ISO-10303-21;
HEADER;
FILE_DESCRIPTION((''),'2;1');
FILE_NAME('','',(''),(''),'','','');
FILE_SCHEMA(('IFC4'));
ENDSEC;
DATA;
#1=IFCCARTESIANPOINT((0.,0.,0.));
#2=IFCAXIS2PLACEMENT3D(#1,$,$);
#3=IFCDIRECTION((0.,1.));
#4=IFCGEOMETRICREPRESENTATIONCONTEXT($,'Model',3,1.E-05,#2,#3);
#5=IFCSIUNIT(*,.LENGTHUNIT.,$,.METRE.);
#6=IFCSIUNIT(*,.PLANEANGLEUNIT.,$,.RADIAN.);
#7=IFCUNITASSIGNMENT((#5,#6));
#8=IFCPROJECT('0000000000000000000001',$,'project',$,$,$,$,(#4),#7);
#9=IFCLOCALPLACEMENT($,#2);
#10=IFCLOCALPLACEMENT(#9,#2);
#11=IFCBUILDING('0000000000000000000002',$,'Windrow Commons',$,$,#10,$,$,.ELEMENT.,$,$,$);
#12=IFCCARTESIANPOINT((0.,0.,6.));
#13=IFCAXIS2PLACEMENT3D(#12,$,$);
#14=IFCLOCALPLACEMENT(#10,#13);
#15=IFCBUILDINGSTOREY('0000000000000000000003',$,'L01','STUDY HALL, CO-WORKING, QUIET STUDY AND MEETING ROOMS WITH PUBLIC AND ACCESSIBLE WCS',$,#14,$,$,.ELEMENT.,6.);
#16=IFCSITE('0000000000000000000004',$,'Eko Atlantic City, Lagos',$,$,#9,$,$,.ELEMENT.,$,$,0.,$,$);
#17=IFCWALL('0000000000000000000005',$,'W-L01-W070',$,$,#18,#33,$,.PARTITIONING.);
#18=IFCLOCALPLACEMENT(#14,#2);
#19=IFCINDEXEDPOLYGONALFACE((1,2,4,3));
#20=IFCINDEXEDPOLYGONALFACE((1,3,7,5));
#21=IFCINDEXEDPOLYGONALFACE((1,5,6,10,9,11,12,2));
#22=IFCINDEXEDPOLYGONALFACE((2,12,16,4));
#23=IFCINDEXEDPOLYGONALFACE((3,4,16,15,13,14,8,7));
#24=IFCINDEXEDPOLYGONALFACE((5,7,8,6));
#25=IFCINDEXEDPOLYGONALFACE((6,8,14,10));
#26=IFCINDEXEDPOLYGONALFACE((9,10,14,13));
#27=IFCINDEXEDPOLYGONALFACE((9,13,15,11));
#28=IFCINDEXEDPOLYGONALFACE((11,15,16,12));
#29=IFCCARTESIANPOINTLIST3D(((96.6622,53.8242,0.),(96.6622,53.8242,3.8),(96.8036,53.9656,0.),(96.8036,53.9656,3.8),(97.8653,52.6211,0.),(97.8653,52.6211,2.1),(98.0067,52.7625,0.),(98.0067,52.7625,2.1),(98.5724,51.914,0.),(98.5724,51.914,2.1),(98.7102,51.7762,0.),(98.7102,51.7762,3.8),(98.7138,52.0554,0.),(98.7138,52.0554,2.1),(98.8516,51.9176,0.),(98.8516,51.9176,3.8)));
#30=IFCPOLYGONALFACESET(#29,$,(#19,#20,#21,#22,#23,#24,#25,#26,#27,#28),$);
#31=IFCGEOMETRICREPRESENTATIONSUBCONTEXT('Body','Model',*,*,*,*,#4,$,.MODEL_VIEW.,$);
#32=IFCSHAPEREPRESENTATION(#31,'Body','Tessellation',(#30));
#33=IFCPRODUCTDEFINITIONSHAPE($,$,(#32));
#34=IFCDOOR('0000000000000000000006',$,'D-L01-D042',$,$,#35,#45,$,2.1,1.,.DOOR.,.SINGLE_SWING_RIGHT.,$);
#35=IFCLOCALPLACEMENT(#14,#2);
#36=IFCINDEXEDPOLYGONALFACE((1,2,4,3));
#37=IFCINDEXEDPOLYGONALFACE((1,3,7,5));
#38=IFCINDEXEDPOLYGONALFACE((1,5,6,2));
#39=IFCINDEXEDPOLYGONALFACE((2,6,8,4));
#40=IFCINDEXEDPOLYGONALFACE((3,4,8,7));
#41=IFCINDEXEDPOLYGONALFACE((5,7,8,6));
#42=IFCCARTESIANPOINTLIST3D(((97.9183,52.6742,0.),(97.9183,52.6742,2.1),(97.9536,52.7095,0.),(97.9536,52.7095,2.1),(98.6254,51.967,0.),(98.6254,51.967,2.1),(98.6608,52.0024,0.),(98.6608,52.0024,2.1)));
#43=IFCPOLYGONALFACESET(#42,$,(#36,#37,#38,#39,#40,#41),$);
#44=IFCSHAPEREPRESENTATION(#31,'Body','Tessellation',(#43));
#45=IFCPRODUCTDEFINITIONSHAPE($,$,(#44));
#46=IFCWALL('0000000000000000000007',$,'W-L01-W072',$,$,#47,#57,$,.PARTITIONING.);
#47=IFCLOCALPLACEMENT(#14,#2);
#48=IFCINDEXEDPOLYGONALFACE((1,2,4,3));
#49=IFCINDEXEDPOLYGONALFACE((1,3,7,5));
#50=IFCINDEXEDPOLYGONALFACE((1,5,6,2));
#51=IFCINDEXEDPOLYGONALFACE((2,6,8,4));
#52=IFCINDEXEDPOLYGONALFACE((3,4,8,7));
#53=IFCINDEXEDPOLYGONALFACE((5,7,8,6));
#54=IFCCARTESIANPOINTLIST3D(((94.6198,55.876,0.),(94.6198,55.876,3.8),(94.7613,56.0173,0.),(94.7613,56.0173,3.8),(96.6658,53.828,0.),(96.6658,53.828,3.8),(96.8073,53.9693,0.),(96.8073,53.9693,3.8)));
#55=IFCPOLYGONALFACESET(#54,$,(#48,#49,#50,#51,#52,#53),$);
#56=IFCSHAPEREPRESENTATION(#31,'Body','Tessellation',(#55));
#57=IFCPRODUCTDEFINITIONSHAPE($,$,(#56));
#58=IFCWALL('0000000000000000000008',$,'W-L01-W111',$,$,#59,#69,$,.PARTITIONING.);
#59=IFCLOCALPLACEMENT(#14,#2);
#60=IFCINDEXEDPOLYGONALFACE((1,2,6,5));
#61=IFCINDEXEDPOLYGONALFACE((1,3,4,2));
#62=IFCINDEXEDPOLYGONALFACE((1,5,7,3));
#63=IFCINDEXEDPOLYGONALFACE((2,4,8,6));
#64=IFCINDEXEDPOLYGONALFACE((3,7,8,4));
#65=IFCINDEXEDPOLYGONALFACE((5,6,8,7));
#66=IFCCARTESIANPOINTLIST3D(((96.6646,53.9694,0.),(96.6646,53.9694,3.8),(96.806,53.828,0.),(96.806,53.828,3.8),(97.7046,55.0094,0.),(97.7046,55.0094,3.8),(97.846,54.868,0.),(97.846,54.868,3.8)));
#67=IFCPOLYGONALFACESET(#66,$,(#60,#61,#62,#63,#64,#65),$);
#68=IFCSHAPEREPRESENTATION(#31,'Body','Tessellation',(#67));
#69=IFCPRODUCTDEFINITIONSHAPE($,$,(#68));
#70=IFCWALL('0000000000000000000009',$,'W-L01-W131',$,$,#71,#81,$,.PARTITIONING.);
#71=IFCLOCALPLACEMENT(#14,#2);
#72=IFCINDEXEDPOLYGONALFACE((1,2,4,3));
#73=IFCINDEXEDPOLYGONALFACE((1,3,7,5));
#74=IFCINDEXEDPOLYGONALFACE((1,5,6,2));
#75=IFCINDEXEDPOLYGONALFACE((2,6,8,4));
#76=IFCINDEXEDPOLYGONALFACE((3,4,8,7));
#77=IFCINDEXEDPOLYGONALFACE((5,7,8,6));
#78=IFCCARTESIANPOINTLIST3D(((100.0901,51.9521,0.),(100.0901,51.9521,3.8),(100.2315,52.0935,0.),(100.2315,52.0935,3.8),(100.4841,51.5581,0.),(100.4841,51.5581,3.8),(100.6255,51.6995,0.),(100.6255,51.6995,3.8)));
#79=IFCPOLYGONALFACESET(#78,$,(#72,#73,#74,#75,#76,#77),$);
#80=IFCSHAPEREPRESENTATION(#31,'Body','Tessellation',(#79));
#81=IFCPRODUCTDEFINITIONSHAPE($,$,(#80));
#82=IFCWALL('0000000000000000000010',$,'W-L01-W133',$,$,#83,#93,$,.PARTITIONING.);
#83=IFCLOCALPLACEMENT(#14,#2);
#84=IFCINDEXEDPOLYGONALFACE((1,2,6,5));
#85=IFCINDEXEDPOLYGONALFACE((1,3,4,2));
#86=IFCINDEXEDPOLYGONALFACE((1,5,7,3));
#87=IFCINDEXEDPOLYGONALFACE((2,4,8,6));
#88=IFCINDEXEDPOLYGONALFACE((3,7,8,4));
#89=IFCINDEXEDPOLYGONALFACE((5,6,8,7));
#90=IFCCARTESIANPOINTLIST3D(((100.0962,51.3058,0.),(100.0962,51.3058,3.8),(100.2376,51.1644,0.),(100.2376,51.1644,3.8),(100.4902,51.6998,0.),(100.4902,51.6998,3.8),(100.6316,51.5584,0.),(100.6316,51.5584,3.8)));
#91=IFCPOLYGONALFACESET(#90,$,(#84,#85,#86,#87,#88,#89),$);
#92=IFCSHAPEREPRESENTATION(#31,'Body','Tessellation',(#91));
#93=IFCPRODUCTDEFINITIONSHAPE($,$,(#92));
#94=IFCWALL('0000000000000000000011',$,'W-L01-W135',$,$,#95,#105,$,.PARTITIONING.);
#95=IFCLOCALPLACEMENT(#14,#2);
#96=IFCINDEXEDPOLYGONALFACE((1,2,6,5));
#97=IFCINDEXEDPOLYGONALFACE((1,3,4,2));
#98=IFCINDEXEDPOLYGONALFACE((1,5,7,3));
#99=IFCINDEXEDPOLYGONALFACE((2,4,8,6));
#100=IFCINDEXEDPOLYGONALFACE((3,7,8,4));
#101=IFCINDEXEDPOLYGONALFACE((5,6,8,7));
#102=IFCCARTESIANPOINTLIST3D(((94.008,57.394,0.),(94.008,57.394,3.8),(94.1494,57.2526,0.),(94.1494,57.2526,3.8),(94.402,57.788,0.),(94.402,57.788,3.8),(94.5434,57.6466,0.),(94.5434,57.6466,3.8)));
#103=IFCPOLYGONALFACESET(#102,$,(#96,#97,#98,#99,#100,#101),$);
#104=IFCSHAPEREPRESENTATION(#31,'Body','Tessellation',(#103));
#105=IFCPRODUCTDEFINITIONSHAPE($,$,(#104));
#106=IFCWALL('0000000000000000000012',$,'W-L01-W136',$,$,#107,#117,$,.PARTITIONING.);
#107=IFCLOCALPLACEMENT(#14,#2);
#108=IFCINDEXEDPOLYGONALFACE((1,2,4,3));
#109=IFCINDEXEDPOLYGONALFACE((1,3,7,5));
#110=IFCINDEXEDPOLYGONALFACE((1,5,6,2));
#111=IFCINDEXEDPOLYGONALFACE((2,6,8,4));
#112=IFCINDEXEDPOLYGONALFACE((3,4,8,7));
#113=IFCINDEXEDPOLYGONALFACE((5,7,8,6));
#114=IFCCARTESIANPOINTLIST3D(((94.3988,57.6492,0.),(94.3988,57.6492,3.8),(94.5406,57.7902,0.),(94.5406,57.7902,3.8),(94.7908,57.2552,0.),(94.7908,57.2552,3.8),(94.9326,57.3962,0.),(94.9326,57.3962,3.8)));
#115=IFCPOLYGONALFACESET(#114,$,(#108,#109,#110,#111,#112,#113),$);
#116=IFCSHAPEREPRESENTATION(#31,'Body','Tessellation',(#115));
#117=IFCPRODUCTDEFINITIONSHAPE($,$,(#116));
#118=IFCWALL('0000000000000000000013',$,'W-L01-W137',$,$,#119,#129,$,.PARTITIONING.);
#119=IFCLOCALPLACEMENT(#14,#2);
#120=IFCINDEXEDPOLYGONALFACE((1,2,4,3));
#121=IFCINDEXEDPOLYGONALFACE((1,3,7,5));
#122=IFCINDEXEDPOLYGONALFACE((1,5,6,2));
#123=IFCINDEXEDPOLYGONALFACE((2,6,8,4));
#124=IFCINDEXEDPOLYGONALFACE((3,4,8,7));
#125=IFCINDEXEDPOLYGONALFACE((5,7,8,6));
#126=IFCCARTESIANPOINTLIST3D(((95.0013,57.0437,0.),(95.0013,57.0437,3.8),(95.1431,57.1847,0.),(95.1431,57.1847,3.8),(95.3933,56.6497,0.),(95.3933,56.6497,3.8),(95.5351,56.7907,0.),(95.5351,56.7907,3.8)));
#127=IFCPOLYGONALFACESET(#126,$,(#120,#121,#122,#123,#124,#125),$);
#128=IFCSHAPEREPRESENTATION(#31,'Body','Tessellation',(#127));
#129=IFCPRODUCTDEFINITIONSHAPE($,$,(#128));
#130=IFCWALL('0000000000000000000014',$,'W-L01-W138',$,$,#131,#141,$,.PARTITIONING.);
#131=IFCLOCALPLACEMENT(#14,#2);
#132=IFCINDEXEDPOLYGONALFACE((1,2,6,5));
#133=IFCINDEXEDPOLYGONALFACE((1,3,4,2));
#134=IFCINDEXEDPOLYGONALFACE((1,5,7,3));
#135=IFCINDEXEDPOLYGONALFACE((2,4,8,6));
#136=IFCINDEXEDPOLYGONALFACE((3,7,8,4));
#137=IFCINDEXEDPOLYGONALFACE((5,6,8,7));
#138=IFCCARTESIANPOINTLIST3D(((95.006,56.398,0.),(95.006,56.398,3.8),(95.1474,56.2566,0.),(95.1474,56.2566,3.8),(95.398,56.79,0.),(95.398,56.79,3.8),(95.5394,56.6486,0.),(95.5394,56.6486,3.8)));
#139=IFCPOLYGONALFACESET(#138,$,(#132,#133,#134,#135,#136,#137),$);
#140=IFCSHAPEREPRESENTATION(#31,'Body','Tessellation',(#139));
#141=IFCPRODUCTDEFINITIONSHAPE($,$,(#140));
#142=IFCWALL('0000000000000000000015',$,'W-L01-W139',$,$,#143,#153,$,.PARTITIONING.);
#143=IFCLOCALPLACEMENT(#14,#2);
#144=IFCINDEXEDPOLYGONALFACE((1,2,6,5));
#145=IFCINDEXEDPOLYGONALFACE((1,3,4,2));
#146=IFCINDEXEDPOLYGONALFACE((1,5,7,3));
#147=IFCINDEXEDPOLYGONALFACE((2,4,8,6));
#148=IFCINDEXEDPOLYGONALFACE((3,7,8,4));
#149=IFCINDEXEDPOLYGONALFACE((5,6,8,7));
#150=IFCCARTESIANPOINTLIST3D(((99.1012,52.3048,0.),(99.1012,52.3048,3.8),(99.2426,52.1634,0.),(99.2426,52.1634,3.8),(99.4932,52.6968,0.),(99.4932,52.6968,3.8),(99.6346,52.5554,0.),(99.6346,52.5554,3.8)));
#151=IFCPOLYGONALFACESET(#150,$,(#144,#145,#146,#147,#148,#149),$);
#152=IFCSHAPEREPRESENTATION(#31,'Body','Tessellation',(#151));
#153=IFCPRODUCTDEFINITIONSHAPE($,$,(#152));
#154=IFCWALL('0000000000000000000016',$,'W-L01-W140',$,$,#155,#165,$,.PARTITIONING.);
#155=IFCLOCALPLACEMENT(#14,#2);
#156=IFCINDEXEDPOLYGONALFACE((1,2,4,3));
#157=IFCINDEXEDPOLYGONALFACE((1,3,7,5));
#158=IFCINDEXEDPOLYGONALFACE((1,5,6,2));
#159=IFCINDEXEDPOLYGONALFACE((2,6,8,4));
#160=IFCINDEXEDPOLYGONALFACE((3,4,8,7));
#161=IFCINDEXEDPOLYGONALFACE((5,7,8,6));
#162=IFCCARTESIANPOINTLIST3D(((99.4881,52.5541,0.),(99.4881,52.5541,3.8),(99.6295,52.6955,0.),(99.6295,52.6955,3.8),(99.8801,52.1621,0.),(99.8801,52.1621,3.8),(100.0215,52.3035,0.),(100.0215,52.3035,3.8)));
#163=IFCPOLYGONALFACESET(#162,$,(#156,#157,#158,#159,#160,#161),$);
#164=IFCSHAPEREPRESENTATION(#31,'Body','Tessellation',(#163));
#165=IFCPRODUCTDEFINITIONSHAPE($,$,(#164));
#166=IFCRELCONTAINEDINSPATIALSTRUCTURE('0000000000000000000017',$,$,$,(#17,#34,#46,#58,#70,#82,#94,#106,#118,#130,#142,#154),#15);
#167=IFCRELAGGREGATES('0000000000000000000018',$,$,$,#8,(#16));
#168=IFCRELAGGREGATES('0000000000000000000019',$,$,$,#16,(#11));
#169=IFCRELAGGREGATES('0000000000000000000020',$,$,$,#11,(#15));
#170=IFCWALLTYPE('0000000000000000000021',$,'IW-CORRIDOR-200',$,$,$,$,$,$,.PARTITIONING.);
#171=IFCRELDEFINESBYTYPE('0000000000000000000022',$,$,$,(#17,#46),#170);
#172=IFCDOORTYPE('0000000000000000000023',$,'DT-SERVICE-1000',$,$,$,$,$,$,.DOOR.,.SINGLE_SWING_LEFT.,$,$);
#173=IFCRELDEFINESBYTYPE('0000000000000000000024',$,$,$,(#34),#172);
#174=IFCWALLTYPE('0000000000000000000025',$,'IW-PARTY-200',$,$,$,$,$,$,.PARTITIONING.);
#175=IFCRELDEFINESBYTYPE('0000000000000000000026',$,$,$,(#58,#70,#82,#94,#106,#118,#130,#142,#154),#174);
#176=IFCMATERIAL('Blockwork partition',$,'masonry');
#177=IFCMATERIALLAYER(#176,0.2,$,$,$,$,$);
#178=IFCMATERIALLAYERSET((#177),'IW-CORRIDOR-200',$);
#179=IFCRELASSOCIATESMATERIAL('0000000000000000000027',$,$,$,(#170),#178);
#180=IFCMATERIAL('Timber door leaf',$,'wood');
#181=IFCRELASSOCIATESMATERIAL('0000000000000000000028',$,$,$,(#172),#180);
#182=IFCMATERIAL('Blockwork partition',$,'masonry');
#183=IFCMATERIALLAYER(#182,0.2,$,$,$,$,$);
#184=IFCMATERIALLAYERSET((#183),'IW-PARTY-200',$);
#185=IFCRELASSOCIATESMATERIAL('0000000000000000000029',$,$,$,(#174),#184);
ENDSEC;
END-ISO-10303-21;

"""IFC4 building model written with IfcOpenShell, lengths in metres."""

from ifc_helpers import new_model, si_unit, direction, frame, frame_2d, origin, place, context, subcontext, project, spatial, rectangle, extrude, material, layer, layer_set, type_object, element, fill, save


model = new_model("IFC4")

# Units and contexts
model_context = context("Model", 3, precision=1e-05, world=origin(), true_north=direction((0.0, 1.0)))
body_context = subcontext(model_context, "Body", "Model", "MODEL_VIEW")
ifc_project = project(units=[si_unit("LENGTHUNIT", "METRE"), si_unit("PLANEANGLEUNIT", "RADIAN")], contexts=[model_context])

# Site, building, storey
site_placement = place(None, origin())
site = spatial("IfcSite", under=ifc_project, at=site_placement, Name="Eko Atlantic City, Lagos", CompositionType="ELEMENT", RefElevation=0.0)
building_placement = place(site_placement, origin())
building = spatial("IfcBuilding", under=site, at=building_placement, Name="Windrow Commons", CompositionType="ELEMENT")
storey_placement = place(building_placement, frame((0.0, 0.0, 6.0)))
storey = spatial("IfcBuildingStorey", under=building, at=storey_placement, Name="L01", Description="STUDY HALL, CO-WORKING, QUIET STUDY AND MEETING ROOMS WITH PUBLIC AND ACCESSIBLE WCS", CompositionType="ELEMENT", Elevation=6.0)

# Wall, opening, door
ifc_material_1 = material(Name="Blockwork partition", Category="masonry")
ifc_layer_1 = layer(ifc_material_1, 0.2)
ifc_layer_set_1 = layer_set([ifc_layer_1], Name="IW-CORRIDOR-200")
wall_type_1 = type_object("IfcWallType", Name="IW-CORRIDOR-200", PredefinedType="PARTITIONING", material=ifc_layer_set_1)
wall_1_placement = place(storey_placement, frame((96.7329, 53.8949, 0.0), z_axis=(0.0, 0.0, 1.0), x_axis=(0.707107, -0.707107, 0.0)))
wall_1 = element("IfcWall", 1, at=wall_1_placement, inside=storey, type_object=wall_type_1, Name="W-L01-W070", PredefinedType="PARTITIONING", context=body_context, shape_type="SweptSolid", body=[
    extrude(rectangle(XDim=2.8963, YDim=0.2, at=frame_2d((1.4482, 0.0))), origin(), (0.0, 0.0, 1.0), 3.8),
])
opening_placement = place(wall_1_placement, frame((1.7014, 0.0, 0.0)))
opening = element("IfcOpeningElement", 2, at=opening_placement, cuts=wall_1, PredefinedType="OPENING", context=body_context, shape_type="SweptSolid", body=[
    extrude(rectangle(XDim=1.0, YDim=2.1, at=frame_2d((0.5, 1.05))), frame((0.0, 0.11, 0.0), z_axis=(0.0, -1.0, 0.0), x_axis=(1.0, 0.0, 0.0)), (0.0, 0.0, 1.0), 0.22),
])
ifc_material_2 = material(Name="Timber door leaf", Category="wood")
door_type = type_object("IfcDoorType", Name="DT-SERVICE-1000", OperationType="SINGLE_SWING_LEFT", PredefinedType="DOOR", material=ifc_material_2)
door_placement = place(opening_placement, origin())
door = element("IfcDoor", 3, at=door_placement, inside=storey, type_object=door_type, Name="D-L01-D042", OperationType="SINGLE_SWING_RIGHT", OverallHeight=2.1, OverallWidth=1.0, PredefinedType="DOOR", context=body_context, shape_type="SweptSolid", body=[
    extrude(rectangle(XDim=1.0, YDim=2.1, at=frame_2d((0.5, 1.05))), frame((0.0, 0.025, 0.0), z_axis=(0.0, -1.0, 0.0), x_axis=(1.0, 0.0, 0.0)), (0.0, 0.0, 1.0), 0.05),
])
fill(opening, door)

# Walls
wall_2_placement = place(storey_placement, frame((94.6906, 55.9466, 0.0), z_axis=(0.0, 0.0, 1.0), x_axis=(0.706761, -0.707452, 0.0)))
element("IfcWall", 4, at=wall_2_placement, inside=storey, type_object=wall_type_1, Name="W-L01-W072", PredefinedType="PARTITIONING", context=body_context, shape_type="SweptSolid", body=[
    extrude(rectangle(XDim=2.8949, YDim=0.2, at=frame_2d((1.4474, 0.0))), origin(), (0.0, 0.0, 1.0), 3.8),
])
ifc_material_3 = material(Name="Blockwork partition", Category="masonry")
ifc_layer_2 = layer(ifc_material_3, 0.2)
ifc_layer_set_2 = layer_set([ifc_layer_2], Name="IW-PARTY-200")
wall_type_2 = type_object("IfcWallType", Name="IW-PARTY-200", PredefinedType="PARTITIONING", material=ifc_layer_set_2)
wall_3_placement = place(storey_placement, frame((96.7353, 53.8987, 0.0), z_axis=(0.0, 0.0, 1.0), x_axis=(0.707107, 0.707107, 0.0)))
element("IfcWall", 5, at=wall_3_placement, inside=storey, type_object=wall_type_2, Name="W-L01-W111", PredefinedType="PARTITIONING", context=body_context, shape_type="SweptSolid", body=[
    extrude(rectangle(XDim=1.4708, YDim=0.2, at=frame_2d((0.7354, 0.0))), origin(), (0.0, 0.0, 1.0), 3.8),
])
for number, where, z_axis, x_axis, name in (
    (6, (100.1608, 52.0228, 0.0), (0.0, 0.0, 1.0), (0.707107, -0.707107, 0.0), "W-L01-W131"),
    (7, (100.1669, 51.2351, 0.0), (0.0, 0.0, 1.0), (0.707107, 0.707107, 0.0), "W-L01-W133"),
    (8, (94.0787, 57.3233, 0.0), (0.0, 0.0, 1.0), (0.707107, 0.707107, 0.0), "W-L01-W135"),
):
    element("IfcWall", number, at=place(storey_placement, frame(where, z_axis=z_axis, x_axis=x_axis)), inside=storey, type_object=wall_type_2, Name=name, PredefinedType="PARTITIONING", context=body_context, shape_type="SweptSolid", body=[
        extrude(rectangle(XDim=0.5572, YDim=0.2, at=frame_2d((0.2786, 0.0))), origin(), (0.0, 0.0, 1.0), 3.8),
    ])
for number, where, z_axis, x_axis, name in (
    (9, (94.4697, 57.7197, 0.0), (0.0, 0.0, 1.0), (0.705305, -0.708904, 0.0), "W-L01-W136"),
    (10, (95.0722, 57.1142, 0.0), (0.0, 0.0, 1.0), (0.705305, -0.708904, 0.0), "W-L01-W137"),
):
    element("IfcWall", number, at=place(storey_placement, frame(where, z_axis=z_axis, x_axis=x_axis)), inside=storey, type_object=wall_type_2, Name=name, PredefinedType="PARTITIONING", context=body_context, shape_type="SweptSolid", body=[
        extrude(rectangle(XDim=0.5558, YDim=0.2, at=frame_2d((0.2779, 0.0))), origin(), (0.0, 0.0, 1.0), 3.8),
    ])
for number, where, z_axis, x_axis, name in (
    (11, (95.0767, 56.3273, 0.0), (0.0, 0.0, 1.0), (0.707107, 0.707107, 0.0), "W-L01-W138"),
    (12, (99.1719, 52.2341, 0.0), (0.0, 0.0, 1.0), (0.707107, 0.707107, 0.0), "W-L01-W139"),
    (13, (99.5588, 52.6248, 0.0), (0.0, 0.0, 1.0), (0.707107, -0.707107, 0.0), "W-L01-W140"),
):
    element("IfcWall", number, at=place(storey_placement, frame(where, z_axis=z_axis, x_axis=x_axis)), inside=storey, type_object=wall_type_2, Name=name, PredefinedType="PARTITIONING", context=body_context, shape_type="SweptSolid", body=[
        extrude(rectangle(XDim=0.5544, YDim=0.2, at=frame_2d((0.2772, 0.0))), origin(), (0.0, 0.0, 1.0), 3.8),
    ])

save(model, "model.ifc")
